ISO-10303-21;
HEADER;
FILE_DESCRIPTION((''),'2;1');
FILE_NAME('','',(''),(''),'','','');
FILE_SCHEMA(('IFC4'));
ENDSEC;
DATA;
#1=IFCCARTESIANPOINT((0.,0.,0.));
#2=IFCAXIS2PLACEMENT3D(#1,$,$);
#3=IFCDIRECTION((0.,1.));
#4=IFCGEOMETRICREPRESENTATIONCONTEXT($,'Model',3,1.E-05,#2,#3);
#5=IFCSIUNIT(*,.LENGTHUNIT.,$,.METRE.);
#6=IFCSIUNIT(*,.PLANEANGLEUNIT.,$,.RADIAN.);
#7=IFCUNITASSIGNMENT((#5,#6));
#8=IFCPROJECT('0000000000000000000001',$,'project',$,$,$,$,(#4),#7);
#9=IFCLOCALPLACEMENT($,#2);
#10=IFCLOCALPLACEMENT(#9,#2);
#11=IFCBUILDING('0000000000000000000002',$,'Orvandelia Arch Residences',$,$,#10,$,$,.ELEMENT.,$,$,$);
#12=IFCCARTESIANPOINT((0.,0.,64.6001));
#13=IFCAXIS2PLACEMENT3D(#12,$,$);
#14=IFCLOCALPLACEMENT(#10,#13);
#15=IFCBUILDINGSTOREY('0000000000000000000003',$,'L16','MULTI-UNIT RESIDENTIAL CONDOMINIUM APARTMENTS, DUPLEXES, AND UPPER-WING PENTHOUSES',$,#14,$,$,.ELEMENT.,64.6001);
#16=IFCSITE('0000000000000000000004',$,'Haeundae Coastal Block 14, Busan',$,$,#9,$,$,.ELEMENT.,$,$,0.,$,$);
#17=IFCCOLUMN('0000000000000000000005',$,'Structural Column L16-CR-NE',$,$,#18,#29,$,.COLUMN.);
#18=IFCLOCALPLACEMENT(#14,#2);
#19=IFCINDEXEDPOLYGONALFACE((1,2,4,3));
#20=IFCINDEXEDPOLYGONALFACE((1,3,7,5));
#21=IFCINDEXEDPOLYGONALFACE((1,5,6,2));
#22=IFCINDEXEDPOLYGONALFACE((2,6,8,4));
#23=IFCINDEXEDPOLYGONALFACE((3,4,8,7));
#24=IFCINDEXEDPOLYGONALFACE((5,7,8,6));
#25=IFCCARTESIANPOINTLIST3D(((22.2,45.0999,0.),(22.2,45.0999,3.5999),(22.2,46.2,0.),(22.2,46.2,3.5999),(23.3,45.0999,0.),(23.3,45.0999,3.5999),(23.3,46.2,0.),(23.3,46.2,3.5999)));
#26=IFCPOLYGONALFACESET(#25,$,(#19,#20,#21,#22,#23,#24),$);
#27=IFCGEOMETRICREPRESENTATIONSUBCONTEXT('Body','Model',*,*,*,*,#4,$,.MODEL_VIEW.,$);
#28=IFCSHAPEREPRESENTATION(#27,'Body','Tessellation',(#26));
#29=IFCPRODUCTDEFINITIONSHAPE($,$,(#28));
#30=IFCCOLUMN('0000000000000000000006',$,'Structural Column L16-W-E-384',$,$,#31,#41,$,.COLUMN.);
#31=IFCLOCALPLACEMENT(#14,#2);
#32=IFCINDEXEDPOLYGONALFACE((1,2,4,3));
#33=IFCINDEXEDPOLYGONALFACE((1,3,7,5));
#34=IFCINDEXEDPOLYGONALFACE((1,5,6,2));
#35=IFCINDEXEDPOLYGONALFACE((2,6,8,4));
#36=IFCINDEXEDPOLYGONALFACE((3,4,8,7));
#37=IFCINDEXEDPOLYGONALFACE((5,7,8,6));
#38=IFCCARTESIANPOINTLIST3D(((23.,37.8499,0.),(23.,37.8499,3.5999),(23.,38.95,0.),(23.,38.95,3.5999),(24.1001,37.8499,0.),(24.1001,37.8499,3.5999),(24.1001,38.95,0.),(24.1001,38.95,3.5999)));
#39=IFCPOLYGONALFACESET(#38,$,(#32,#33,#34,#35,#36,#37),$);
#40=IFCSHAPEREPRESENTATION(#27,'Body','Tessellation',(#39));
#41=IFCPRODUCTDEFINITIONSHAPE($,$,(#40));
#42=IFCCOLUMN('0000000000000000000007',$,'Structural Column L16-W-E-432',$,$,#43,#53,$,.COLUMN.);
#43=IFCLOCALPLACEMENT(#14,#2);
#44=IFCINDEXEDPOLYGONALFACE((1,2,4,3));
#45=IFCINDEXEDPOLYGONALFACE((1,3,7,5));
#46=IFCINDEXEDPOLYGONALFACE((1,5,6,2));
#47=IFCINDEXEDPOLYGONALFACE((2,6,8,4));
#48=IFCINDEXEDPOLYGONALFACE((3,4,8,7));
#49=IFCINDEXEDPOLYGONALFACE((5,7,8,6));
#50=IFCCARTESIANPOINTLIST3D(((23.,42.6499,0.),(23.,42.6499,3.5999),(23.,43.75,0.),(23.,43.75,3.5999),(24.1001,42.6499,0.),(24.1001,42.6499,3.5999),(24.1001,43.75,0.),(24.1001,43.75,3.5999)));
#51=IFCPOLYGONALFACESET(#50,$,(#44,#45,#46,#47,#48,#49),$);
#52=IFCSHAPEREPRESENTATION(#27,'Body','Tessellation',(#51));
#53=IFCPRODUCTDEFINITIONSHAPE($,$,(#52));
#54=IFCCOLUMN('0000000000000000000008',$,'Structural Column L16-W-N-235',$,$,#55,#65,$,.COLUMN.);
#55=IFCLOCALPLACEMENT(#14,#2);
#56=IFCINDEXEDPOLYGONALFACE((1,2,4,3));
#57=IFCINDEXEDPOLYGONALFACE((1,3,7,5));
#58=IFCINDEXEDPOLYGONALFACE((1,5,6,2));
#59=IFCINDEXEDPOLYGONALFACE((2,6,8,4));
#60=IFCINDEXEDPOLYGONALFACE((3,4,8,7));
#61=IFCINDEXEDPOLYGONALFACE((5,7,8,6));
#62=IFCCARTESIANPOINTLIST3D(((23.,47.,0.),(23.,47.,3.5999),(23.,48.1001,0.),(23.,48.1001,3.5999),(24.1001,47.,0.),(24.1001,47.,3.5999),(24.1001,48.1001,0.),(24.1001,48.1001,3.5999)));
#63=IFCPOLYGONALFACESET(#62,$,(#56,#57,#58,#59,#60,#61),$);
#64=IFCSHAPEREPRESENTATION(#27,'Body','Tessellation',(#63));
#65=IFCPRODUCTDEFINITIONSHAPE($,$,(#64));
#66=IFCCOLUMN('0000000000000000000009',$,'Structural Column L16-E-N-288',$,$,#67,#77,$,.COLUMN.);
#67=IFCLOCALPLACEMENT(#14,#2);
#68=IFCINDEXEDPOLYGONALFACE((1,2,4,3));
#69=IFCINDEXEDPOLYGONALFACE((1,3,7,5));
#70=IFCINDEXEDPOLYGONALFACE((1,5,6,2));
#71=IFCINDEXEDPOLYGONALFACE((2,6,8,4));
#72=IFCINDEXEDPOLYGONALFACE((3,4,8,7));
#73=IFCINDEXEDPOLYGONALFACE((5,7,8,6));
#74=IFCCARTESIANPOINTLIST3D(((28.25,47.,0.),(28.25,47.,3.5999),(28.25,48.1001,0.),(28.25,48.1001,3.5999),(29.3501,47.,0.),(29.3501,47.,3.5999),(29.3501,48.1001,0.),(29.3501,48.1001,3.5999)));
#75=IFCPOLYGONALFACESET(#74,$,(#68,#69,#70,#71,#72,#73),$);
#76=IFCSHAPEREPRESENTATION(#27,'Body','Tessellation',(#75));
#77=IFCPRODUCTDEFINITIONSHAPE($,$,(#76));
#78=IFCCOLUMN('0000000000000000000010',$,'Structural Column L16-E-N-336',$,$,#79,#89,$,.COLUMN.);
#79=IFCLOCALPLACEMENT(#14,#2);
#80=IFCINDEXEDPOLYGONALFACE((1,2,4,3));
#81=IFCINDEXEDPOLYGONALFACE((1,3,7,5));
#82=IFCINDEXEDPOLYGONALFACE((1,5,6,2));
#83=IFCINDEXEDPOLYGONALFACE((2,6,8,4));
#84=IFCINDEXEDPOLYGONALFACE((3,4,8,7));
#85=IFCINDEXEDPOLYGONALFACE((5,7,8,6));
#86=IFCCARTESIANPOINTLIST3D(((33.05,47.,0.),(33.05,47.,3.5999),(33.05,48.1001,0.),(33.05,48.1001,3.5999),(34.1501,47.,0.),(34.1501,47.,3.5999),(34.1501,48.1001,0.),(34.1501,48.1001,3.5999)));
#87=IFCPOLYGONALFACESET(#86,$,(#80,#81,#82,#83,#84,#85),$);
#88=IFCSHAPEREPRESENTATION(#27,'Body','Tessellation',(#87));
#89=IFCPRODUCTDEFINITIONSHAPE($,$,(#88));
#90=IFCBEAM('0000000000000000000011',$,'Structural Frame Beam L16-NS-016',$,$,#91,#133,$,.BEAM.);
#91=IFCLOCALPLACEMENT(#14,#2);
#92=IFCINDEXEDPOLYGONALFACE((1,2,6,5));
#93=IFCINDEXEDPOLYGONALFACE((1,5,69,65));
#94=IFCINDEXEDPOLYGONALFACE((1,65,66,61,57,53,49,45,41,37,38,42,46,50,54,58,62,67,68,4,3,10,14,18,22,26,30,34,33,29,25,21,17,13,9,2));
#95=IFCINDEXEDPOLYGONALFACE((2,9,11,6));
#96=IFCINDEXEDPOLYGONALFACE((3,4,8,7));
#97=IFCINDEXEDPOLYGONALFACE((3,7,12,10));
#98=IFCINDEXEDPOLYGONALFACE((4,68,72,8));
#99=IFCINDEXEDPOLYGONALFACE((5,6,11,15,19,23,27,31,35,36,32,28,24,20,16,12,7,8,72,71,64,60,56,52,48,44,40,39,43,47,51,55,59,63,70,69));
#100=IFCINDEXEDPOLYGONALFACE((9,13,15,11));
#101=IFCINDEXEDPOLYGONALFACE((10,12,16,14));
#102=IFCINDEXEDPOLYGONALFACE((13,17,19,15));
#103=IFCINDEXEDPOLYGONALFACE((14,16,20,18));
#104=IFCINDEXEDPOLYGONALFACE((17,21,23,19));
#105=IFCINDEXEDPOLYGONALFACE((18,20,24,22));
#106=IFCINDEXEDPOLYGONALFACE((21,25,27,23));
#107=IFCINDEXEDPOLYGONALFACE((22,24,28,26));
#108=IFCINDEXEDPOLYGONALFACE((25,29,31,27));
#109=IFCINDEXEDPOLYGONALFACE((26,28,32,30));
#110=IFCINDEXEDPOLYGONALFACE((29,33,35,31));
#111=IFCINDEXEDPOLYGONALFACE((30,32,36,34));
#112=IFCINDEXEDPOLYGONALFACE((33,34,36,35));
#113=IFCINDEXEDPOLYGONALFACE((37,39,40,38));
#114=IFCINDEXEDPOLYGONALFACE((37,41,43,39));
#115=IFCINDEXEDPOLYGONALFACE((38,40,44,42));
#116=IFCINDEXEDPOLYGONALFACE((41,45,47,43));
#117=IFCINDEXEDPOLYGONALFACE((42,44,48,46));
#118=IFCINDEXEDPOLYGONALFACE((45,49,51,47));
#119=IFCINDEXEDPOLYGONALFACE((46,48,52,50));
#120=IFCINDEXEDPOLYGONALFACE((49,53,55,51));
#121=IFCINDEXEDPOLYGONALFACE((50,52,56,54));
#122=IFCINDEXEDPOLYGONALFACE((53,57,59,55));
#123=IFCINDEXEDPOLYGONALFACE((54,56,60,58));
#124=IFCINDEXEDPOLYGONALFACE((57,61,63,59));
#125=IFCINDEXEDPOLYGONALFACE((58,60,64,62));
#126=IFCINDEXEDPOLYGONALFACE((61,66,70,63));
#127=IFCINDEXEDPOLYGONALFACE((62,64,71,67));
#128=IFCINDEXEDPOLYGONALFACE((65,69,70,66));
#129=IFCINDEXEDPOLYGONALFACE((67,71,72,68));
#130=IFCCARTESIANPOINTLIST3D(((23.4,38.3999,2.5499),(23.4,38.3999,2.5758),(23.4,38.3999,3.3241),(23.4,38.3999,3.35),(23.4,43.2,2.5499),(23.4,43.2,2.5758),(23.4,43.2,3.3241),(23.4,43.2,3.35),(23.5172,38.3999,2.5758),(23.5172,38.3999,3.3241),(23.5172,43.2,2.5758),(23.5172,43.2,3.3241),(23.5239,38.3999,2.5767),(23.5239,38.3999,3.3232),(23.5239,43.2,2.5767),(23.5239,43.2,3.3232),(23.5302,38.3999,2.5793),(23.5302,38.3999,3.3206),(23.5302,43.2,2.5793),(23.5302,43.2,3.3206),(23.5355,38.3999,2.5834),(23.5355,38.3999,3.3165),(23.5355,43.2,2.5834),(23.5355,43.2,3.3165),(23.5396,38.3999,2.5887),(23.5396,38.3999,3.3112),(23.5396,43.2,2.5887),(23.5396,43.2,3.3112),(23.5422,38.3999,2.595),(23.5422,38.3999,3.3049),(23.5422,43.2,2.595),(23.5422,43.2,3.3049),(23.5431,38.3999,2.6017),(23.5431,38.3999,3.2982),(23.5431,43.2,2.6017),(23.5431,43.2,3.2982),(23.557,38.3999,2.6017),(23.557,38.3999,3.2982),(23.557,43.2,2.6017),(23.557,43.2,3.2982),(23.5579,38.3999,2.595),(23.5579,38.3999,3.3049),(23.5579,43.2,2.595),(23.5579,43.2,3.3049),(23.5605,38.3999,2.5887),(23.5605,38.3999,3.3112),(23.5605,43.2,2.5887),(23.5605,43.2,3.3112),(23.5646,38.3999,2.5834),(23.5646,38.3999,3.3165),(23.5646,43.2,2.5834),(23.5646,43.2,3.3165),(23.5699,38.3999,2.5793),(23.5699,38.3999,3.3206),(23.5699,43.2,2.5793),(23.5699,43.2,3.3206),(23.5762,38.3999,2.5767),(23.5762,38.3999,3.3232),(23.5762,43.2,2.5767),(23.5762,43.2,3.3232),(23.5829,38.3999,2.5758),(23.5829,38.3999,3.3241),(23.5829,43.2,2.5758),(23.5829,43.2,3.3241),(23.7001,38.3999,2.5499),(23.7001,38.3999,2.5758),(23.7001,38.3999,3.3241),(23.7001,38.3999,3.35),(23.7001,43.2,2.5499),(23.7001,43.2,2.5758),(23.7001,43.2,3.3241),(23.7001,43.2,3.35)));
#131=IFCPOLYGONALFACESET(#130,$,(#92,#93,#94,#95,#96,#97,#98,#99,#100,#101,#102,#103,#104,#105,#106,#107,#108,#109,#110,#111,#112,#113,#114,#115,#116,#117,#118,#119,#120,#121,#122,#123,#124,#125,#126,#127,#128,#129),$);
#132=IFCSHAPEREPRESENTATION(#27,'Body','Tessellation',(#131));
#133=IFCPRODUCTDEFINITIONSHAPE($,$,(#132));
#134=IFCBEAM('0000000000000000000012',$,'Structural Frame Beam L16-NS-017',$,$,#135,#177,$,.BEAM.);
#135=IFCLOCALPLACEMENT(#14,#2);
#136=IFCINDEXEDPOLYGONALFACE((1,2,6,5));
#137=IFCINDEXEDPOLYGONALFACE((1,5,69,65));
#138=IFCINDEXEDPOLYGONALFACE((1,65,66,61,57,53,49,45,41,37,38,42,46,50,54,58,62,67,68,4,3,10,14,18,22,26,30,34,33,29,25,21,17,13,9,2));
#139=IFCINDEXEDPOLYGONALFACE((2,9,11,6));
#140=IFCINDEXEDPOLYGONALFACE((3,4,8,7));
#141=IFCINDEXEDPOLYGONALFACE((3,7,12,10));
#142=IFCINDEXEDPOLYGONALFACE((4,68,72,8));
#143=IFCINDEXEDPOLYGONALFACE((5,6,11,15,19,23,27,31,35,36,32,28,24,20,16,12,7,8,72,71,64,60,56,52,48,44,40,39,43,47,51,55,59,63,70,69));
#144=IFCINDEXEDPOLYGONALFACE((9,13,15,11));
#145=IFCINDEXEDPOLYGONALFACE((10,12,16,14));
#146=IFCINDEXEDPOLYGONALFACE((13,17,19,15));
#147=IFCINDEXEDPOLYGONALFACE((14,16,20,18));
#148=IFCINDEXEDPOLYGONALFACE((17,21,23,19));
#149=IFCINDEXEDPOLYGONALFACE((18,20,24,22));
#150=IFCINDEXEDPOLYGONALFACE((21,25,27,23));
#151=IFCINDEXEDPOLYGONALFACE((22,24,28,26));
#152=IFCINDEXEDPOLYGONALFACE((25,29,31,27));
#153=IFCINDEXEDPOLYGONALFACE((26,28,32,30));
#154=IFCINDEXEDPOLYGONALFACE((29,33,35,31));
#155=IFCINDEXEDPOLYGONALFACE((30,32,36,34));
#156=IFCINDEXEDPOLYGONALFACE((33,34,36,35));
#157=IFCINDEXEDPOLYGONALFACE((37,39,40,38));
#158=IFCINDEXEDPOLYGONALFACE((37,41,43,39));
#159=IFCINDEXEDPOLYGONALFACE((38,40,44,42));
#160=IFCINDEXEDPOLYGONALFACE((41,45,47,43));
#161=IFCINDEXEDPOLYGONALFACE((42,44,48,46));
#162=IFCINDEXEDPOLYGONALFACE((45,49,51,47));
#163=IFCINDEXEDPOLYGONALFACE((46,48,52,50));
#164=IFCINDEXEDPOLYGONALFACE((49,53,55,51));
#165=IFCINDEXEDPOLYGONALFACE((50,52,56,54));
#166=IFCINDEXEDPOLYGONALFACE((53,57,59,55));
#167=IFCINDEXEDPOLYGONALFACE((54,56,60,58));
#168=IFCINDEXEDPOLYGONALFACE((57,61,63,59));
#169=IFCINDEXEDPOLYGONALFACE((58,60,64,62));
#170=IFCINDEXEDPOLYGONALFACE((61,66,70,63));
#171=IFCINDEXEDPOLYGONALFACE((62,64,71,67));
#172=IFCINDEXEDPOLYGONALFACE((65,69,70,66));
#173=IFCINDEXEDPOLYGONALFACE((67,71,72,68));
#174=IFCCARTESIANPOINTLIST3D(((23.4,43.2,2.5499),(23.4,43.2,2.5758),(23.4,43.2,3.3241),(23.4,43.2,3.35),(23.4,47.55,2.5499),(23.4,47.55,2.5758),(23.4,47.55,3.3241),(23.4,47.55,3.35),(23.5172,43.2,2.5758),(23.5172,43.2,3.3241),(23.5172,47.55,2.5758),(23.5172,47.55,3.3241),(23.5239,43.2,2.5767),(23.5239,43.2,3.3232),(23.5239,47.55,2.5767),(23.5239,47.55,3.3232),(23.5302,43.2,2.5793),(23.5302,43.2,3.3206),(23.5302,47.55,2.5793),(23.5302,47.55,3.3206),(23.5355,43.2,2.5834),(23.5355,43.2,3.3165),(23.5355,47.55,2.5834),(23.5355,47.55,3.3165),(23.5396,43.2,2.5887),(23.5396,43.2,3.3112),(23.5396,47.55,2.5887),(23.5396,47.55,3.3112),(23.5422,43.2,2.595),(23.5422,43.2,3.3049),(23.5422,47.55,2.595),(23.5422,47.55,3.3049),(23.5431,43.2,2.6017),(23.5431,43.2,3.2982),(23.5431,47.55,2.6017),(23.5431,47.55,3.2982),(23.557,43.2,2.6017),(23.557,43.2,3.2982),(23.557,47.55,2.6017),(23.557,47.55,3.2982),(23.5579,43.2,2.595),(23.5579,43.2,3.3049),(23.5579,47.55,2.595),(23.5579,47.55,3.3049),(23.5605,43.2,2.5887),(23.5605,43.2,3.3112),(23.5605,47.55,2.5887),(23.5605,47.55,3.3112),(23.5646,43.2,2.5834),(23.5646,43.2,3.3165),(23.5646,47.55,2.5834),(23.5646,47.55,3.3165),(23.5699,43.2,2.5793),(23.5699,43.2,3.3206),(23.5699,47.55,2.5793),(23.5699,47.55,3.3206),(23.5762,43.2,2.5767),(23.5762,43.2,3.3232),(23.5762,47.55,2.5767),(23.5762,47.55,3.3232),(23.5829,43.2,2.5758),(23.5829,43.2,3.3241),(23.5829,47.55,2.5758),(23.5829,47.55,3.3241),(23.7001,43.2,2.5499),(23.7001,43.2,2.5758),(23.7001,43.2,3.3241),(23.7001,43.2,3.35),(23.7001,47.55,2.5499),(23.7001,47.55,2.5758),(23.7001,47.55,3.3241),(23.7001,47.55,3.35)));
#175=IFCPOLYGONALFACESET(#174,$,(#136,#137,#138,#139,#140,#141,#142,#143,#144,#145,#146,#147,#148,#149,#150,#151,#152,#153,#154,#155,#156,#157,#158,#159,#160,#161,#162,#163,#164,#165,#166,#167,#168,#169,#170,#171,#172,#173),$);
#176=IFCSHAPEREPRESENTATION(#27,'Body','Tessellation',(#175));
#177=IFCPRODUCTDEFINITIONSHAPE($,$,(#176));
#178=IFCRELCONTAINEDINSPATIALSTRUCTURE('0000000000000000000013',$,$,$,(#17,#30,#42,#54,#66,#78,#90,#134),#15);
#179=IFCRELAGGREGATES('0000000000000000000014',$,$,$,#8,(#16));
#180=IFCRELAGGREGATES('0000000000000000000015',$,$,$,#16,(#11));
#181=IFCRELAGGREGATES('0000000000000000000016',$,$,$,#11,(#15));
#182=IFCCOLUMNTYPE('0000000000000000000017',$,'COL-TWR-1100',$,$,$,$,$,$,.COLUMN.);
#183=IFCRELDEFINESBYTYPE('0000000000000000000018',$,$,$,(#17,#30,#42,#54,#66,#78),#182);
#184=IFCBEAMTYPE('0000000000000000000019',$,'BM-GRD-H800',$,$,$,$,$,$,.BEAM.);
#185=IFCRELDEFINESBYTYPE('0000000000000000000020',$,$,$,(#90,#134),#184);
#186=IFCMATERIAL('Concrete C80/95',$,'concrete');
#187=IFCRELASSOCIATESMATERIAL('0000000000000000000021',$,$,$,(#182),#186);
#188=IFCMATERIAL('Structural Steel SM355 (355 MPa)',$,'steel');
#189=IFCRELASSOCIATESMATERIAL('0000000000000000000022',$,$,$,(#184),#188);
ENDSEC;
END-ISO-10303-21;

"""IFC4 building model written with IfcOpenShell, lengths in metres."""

from ifc_helpers import new_model, si_unit, direction, frame, origin, origin_2d, place, context, subcontext, project, spatial, rectangle, i_section, extrude, material, material_profile, profile_set, type_object, element, save


model = new_model("IFC4")

# Units and contexts
model_context = context("Model", 3, precision=1e-05, world=origin(), true_north=direction((0.0, 1.0)))
body_context = subcontext(model_context, "Body", "Model", "MODEL_VIEW")
ifc_project = project(units=[si_unit("LENGTHUNIT", "METRE"), si_unit("PLANEANGLEUNIT", "RADIAN")], contexts=[model_context])

# Site, building, storey
site_placement = place(None, origin())
site = spatial("IfcSite", under=ifc_project, at=site_placement, Name="Haeundae Coastal Block 14, Busan", CompositionType="ELEMENT", RefElevation=0.0)
building_placement = place(site_placement, origin())
building = spatial("IfcBuilding", under=site, at=building_placement, Name="Orvandelia Arch Residences", CompositionType="ELEMENT")
storey_placement = place(building_placement, frame((0.0, 0.0, 64.6001)))
storey = spatial("IfcBuildingStorey", under=building, at=storey_placement, Name="L16", Description="MULTI-UNIT RESIDENTIAL CONDOMINIUM APARTMENTS, DUPLEXES, AND UPPER-WING PENTHOUSES", CompositionType="ELEMENT", Elevation=64.6001)

# Columns
ifc_material_1 = material(Name="Concrete C80/95", Category="concrete")
ifc_material_profile_1 = material_profile(ifc_material_1, rectangle(XDim=1.1001, YDim=1.1001, at=origin_2d()), Name="Concrete C80/95", Category="concrete")
ifc_profile_set_1 = profile_set([ifc_material_profile_1], Name="Concrete C80/95")
column_type = type_object("IfcColumnType", Name="COL-TWR-1100", PredefinedType="COLUMN", material=ifc_profile_set_1)
for number, where, z_axis, x_axis, name in (
    (1, (22.75, 45.6499, 0.0), (0.0, 0.0, 1.0), (1.0, 0.0, 0.0), "Structural Column L16-CR-NE"),
    (2, (23.55, 38.3999, 0.0), (0.0, 0.0, 1.0), (1.0, 0.0, 0.0), "Structural Column L16-W-E-384"),
    (3, (23.55, 43.2, 0.0), (0.0, 0.0, 1.0), (1.0, 0.0, 0.0), "Structural Column L16-W-E-432"),
    (4, (23.55, 47.55, 0.0), (0.0, 0.0, 1.0), (1.0, 0.0, 0.0), "Structural Column L16-W-N-235"),
    (5, (28.8, 47.55, 0.0), (0.0, 0.0, 1.0), (1.0, 0.0, 0.0), "Structural Column L16-E-N-288"),
    (6, (33.6001, 47.55, 0.0), (0.0, 0.0, 1.0), (1.0, 0.0, 0.0), "Structural Column L16-E-N-336"),
):
    element("IfcColumn", number, at=place(storey_placement, frame(where, z_axis=z_axis, x_axis=x_axis)), inside=storey, type_object=column_type, Name=name, PredefinedType="COLUMN", context=body_context, shape_type="SweptSolid", body=[
        extrude(rectangle(XDim=1.1001, YDim=1.1001, at=origin_2d()), origin(), (0.0, 0.0, 1.0), 3.5999),
    ])

# Beams
ifc_material_2 = material(Name="Structural Steel SM355 (355 MPa)", Category="steel")
ifc_material_profile_2 = material_profile(ifc_material_2, i_section(OverallWidth=0.3, OverallDepth=0.8, WebThickness=0.0139, FlangeThickness=0.0259, FilletRadius=0.0259, at=origin_2d()), Name="Structural Steel SM355 (355 MPa)", Category="steel")
ifc_profile_set_2 = profile_set([ifc_material_profile_2], Name="Structural Steel SM355 (355 MPa)")
beam_type = type_object("IfcBeamType", Name="BM-GRD-H800", PredefinedType="BEAM", material=ifc_profile_set_2)
beam_1_placement = place(storey_placement, frame((23.55, 38.3999, 2.95), z_axis=(0.0, 1.0, 0.0), x_axis=(-1.0, 0.0, 0.0)))
element("IfcBeam", 7, at=beam_1_placement, inside=storey, type_object=beam_type, Name="Structural Frame Beam L16-NS-016", PredefinedType="BEAM", context=body_context, shape_type="SweptSolid", body=[
    extrude(i_section(OverallWidth=0.3, OverallDepth=0.8, WebThickness=0.0139, FlangeThickness=0.0259, FilletRadius=0.0259, at=origin_2d()), origin(), (0.0, 0.0, 1.0), 4.8),
])
beam_2_placement = place(storey_placement, frame((23.55, 43.2, 2.95), z_axis=(0.0, 1.0, 0.0), x_axis=(-1.0, 0.0, 0.0)))
element("IfcBeam", 8, at=beam_2_placement, inside=storey, type_object=beam_type, Name="Structural Frame Beam L16-NS-017", PredefinedType="BEAM", context=body_context, shape_type="SweptSolid", body=[
    extrude(i_section(OverallWidth=0.3, OverallDepth=0.8, WebThickness=0.0139, FlangeThickness=0.0259, FilletRadius=0.0259, at=origin_2d()), origin(), (0.0, 0.0, 1.0), 4.3501),
])

save(model, "model.ifc")
